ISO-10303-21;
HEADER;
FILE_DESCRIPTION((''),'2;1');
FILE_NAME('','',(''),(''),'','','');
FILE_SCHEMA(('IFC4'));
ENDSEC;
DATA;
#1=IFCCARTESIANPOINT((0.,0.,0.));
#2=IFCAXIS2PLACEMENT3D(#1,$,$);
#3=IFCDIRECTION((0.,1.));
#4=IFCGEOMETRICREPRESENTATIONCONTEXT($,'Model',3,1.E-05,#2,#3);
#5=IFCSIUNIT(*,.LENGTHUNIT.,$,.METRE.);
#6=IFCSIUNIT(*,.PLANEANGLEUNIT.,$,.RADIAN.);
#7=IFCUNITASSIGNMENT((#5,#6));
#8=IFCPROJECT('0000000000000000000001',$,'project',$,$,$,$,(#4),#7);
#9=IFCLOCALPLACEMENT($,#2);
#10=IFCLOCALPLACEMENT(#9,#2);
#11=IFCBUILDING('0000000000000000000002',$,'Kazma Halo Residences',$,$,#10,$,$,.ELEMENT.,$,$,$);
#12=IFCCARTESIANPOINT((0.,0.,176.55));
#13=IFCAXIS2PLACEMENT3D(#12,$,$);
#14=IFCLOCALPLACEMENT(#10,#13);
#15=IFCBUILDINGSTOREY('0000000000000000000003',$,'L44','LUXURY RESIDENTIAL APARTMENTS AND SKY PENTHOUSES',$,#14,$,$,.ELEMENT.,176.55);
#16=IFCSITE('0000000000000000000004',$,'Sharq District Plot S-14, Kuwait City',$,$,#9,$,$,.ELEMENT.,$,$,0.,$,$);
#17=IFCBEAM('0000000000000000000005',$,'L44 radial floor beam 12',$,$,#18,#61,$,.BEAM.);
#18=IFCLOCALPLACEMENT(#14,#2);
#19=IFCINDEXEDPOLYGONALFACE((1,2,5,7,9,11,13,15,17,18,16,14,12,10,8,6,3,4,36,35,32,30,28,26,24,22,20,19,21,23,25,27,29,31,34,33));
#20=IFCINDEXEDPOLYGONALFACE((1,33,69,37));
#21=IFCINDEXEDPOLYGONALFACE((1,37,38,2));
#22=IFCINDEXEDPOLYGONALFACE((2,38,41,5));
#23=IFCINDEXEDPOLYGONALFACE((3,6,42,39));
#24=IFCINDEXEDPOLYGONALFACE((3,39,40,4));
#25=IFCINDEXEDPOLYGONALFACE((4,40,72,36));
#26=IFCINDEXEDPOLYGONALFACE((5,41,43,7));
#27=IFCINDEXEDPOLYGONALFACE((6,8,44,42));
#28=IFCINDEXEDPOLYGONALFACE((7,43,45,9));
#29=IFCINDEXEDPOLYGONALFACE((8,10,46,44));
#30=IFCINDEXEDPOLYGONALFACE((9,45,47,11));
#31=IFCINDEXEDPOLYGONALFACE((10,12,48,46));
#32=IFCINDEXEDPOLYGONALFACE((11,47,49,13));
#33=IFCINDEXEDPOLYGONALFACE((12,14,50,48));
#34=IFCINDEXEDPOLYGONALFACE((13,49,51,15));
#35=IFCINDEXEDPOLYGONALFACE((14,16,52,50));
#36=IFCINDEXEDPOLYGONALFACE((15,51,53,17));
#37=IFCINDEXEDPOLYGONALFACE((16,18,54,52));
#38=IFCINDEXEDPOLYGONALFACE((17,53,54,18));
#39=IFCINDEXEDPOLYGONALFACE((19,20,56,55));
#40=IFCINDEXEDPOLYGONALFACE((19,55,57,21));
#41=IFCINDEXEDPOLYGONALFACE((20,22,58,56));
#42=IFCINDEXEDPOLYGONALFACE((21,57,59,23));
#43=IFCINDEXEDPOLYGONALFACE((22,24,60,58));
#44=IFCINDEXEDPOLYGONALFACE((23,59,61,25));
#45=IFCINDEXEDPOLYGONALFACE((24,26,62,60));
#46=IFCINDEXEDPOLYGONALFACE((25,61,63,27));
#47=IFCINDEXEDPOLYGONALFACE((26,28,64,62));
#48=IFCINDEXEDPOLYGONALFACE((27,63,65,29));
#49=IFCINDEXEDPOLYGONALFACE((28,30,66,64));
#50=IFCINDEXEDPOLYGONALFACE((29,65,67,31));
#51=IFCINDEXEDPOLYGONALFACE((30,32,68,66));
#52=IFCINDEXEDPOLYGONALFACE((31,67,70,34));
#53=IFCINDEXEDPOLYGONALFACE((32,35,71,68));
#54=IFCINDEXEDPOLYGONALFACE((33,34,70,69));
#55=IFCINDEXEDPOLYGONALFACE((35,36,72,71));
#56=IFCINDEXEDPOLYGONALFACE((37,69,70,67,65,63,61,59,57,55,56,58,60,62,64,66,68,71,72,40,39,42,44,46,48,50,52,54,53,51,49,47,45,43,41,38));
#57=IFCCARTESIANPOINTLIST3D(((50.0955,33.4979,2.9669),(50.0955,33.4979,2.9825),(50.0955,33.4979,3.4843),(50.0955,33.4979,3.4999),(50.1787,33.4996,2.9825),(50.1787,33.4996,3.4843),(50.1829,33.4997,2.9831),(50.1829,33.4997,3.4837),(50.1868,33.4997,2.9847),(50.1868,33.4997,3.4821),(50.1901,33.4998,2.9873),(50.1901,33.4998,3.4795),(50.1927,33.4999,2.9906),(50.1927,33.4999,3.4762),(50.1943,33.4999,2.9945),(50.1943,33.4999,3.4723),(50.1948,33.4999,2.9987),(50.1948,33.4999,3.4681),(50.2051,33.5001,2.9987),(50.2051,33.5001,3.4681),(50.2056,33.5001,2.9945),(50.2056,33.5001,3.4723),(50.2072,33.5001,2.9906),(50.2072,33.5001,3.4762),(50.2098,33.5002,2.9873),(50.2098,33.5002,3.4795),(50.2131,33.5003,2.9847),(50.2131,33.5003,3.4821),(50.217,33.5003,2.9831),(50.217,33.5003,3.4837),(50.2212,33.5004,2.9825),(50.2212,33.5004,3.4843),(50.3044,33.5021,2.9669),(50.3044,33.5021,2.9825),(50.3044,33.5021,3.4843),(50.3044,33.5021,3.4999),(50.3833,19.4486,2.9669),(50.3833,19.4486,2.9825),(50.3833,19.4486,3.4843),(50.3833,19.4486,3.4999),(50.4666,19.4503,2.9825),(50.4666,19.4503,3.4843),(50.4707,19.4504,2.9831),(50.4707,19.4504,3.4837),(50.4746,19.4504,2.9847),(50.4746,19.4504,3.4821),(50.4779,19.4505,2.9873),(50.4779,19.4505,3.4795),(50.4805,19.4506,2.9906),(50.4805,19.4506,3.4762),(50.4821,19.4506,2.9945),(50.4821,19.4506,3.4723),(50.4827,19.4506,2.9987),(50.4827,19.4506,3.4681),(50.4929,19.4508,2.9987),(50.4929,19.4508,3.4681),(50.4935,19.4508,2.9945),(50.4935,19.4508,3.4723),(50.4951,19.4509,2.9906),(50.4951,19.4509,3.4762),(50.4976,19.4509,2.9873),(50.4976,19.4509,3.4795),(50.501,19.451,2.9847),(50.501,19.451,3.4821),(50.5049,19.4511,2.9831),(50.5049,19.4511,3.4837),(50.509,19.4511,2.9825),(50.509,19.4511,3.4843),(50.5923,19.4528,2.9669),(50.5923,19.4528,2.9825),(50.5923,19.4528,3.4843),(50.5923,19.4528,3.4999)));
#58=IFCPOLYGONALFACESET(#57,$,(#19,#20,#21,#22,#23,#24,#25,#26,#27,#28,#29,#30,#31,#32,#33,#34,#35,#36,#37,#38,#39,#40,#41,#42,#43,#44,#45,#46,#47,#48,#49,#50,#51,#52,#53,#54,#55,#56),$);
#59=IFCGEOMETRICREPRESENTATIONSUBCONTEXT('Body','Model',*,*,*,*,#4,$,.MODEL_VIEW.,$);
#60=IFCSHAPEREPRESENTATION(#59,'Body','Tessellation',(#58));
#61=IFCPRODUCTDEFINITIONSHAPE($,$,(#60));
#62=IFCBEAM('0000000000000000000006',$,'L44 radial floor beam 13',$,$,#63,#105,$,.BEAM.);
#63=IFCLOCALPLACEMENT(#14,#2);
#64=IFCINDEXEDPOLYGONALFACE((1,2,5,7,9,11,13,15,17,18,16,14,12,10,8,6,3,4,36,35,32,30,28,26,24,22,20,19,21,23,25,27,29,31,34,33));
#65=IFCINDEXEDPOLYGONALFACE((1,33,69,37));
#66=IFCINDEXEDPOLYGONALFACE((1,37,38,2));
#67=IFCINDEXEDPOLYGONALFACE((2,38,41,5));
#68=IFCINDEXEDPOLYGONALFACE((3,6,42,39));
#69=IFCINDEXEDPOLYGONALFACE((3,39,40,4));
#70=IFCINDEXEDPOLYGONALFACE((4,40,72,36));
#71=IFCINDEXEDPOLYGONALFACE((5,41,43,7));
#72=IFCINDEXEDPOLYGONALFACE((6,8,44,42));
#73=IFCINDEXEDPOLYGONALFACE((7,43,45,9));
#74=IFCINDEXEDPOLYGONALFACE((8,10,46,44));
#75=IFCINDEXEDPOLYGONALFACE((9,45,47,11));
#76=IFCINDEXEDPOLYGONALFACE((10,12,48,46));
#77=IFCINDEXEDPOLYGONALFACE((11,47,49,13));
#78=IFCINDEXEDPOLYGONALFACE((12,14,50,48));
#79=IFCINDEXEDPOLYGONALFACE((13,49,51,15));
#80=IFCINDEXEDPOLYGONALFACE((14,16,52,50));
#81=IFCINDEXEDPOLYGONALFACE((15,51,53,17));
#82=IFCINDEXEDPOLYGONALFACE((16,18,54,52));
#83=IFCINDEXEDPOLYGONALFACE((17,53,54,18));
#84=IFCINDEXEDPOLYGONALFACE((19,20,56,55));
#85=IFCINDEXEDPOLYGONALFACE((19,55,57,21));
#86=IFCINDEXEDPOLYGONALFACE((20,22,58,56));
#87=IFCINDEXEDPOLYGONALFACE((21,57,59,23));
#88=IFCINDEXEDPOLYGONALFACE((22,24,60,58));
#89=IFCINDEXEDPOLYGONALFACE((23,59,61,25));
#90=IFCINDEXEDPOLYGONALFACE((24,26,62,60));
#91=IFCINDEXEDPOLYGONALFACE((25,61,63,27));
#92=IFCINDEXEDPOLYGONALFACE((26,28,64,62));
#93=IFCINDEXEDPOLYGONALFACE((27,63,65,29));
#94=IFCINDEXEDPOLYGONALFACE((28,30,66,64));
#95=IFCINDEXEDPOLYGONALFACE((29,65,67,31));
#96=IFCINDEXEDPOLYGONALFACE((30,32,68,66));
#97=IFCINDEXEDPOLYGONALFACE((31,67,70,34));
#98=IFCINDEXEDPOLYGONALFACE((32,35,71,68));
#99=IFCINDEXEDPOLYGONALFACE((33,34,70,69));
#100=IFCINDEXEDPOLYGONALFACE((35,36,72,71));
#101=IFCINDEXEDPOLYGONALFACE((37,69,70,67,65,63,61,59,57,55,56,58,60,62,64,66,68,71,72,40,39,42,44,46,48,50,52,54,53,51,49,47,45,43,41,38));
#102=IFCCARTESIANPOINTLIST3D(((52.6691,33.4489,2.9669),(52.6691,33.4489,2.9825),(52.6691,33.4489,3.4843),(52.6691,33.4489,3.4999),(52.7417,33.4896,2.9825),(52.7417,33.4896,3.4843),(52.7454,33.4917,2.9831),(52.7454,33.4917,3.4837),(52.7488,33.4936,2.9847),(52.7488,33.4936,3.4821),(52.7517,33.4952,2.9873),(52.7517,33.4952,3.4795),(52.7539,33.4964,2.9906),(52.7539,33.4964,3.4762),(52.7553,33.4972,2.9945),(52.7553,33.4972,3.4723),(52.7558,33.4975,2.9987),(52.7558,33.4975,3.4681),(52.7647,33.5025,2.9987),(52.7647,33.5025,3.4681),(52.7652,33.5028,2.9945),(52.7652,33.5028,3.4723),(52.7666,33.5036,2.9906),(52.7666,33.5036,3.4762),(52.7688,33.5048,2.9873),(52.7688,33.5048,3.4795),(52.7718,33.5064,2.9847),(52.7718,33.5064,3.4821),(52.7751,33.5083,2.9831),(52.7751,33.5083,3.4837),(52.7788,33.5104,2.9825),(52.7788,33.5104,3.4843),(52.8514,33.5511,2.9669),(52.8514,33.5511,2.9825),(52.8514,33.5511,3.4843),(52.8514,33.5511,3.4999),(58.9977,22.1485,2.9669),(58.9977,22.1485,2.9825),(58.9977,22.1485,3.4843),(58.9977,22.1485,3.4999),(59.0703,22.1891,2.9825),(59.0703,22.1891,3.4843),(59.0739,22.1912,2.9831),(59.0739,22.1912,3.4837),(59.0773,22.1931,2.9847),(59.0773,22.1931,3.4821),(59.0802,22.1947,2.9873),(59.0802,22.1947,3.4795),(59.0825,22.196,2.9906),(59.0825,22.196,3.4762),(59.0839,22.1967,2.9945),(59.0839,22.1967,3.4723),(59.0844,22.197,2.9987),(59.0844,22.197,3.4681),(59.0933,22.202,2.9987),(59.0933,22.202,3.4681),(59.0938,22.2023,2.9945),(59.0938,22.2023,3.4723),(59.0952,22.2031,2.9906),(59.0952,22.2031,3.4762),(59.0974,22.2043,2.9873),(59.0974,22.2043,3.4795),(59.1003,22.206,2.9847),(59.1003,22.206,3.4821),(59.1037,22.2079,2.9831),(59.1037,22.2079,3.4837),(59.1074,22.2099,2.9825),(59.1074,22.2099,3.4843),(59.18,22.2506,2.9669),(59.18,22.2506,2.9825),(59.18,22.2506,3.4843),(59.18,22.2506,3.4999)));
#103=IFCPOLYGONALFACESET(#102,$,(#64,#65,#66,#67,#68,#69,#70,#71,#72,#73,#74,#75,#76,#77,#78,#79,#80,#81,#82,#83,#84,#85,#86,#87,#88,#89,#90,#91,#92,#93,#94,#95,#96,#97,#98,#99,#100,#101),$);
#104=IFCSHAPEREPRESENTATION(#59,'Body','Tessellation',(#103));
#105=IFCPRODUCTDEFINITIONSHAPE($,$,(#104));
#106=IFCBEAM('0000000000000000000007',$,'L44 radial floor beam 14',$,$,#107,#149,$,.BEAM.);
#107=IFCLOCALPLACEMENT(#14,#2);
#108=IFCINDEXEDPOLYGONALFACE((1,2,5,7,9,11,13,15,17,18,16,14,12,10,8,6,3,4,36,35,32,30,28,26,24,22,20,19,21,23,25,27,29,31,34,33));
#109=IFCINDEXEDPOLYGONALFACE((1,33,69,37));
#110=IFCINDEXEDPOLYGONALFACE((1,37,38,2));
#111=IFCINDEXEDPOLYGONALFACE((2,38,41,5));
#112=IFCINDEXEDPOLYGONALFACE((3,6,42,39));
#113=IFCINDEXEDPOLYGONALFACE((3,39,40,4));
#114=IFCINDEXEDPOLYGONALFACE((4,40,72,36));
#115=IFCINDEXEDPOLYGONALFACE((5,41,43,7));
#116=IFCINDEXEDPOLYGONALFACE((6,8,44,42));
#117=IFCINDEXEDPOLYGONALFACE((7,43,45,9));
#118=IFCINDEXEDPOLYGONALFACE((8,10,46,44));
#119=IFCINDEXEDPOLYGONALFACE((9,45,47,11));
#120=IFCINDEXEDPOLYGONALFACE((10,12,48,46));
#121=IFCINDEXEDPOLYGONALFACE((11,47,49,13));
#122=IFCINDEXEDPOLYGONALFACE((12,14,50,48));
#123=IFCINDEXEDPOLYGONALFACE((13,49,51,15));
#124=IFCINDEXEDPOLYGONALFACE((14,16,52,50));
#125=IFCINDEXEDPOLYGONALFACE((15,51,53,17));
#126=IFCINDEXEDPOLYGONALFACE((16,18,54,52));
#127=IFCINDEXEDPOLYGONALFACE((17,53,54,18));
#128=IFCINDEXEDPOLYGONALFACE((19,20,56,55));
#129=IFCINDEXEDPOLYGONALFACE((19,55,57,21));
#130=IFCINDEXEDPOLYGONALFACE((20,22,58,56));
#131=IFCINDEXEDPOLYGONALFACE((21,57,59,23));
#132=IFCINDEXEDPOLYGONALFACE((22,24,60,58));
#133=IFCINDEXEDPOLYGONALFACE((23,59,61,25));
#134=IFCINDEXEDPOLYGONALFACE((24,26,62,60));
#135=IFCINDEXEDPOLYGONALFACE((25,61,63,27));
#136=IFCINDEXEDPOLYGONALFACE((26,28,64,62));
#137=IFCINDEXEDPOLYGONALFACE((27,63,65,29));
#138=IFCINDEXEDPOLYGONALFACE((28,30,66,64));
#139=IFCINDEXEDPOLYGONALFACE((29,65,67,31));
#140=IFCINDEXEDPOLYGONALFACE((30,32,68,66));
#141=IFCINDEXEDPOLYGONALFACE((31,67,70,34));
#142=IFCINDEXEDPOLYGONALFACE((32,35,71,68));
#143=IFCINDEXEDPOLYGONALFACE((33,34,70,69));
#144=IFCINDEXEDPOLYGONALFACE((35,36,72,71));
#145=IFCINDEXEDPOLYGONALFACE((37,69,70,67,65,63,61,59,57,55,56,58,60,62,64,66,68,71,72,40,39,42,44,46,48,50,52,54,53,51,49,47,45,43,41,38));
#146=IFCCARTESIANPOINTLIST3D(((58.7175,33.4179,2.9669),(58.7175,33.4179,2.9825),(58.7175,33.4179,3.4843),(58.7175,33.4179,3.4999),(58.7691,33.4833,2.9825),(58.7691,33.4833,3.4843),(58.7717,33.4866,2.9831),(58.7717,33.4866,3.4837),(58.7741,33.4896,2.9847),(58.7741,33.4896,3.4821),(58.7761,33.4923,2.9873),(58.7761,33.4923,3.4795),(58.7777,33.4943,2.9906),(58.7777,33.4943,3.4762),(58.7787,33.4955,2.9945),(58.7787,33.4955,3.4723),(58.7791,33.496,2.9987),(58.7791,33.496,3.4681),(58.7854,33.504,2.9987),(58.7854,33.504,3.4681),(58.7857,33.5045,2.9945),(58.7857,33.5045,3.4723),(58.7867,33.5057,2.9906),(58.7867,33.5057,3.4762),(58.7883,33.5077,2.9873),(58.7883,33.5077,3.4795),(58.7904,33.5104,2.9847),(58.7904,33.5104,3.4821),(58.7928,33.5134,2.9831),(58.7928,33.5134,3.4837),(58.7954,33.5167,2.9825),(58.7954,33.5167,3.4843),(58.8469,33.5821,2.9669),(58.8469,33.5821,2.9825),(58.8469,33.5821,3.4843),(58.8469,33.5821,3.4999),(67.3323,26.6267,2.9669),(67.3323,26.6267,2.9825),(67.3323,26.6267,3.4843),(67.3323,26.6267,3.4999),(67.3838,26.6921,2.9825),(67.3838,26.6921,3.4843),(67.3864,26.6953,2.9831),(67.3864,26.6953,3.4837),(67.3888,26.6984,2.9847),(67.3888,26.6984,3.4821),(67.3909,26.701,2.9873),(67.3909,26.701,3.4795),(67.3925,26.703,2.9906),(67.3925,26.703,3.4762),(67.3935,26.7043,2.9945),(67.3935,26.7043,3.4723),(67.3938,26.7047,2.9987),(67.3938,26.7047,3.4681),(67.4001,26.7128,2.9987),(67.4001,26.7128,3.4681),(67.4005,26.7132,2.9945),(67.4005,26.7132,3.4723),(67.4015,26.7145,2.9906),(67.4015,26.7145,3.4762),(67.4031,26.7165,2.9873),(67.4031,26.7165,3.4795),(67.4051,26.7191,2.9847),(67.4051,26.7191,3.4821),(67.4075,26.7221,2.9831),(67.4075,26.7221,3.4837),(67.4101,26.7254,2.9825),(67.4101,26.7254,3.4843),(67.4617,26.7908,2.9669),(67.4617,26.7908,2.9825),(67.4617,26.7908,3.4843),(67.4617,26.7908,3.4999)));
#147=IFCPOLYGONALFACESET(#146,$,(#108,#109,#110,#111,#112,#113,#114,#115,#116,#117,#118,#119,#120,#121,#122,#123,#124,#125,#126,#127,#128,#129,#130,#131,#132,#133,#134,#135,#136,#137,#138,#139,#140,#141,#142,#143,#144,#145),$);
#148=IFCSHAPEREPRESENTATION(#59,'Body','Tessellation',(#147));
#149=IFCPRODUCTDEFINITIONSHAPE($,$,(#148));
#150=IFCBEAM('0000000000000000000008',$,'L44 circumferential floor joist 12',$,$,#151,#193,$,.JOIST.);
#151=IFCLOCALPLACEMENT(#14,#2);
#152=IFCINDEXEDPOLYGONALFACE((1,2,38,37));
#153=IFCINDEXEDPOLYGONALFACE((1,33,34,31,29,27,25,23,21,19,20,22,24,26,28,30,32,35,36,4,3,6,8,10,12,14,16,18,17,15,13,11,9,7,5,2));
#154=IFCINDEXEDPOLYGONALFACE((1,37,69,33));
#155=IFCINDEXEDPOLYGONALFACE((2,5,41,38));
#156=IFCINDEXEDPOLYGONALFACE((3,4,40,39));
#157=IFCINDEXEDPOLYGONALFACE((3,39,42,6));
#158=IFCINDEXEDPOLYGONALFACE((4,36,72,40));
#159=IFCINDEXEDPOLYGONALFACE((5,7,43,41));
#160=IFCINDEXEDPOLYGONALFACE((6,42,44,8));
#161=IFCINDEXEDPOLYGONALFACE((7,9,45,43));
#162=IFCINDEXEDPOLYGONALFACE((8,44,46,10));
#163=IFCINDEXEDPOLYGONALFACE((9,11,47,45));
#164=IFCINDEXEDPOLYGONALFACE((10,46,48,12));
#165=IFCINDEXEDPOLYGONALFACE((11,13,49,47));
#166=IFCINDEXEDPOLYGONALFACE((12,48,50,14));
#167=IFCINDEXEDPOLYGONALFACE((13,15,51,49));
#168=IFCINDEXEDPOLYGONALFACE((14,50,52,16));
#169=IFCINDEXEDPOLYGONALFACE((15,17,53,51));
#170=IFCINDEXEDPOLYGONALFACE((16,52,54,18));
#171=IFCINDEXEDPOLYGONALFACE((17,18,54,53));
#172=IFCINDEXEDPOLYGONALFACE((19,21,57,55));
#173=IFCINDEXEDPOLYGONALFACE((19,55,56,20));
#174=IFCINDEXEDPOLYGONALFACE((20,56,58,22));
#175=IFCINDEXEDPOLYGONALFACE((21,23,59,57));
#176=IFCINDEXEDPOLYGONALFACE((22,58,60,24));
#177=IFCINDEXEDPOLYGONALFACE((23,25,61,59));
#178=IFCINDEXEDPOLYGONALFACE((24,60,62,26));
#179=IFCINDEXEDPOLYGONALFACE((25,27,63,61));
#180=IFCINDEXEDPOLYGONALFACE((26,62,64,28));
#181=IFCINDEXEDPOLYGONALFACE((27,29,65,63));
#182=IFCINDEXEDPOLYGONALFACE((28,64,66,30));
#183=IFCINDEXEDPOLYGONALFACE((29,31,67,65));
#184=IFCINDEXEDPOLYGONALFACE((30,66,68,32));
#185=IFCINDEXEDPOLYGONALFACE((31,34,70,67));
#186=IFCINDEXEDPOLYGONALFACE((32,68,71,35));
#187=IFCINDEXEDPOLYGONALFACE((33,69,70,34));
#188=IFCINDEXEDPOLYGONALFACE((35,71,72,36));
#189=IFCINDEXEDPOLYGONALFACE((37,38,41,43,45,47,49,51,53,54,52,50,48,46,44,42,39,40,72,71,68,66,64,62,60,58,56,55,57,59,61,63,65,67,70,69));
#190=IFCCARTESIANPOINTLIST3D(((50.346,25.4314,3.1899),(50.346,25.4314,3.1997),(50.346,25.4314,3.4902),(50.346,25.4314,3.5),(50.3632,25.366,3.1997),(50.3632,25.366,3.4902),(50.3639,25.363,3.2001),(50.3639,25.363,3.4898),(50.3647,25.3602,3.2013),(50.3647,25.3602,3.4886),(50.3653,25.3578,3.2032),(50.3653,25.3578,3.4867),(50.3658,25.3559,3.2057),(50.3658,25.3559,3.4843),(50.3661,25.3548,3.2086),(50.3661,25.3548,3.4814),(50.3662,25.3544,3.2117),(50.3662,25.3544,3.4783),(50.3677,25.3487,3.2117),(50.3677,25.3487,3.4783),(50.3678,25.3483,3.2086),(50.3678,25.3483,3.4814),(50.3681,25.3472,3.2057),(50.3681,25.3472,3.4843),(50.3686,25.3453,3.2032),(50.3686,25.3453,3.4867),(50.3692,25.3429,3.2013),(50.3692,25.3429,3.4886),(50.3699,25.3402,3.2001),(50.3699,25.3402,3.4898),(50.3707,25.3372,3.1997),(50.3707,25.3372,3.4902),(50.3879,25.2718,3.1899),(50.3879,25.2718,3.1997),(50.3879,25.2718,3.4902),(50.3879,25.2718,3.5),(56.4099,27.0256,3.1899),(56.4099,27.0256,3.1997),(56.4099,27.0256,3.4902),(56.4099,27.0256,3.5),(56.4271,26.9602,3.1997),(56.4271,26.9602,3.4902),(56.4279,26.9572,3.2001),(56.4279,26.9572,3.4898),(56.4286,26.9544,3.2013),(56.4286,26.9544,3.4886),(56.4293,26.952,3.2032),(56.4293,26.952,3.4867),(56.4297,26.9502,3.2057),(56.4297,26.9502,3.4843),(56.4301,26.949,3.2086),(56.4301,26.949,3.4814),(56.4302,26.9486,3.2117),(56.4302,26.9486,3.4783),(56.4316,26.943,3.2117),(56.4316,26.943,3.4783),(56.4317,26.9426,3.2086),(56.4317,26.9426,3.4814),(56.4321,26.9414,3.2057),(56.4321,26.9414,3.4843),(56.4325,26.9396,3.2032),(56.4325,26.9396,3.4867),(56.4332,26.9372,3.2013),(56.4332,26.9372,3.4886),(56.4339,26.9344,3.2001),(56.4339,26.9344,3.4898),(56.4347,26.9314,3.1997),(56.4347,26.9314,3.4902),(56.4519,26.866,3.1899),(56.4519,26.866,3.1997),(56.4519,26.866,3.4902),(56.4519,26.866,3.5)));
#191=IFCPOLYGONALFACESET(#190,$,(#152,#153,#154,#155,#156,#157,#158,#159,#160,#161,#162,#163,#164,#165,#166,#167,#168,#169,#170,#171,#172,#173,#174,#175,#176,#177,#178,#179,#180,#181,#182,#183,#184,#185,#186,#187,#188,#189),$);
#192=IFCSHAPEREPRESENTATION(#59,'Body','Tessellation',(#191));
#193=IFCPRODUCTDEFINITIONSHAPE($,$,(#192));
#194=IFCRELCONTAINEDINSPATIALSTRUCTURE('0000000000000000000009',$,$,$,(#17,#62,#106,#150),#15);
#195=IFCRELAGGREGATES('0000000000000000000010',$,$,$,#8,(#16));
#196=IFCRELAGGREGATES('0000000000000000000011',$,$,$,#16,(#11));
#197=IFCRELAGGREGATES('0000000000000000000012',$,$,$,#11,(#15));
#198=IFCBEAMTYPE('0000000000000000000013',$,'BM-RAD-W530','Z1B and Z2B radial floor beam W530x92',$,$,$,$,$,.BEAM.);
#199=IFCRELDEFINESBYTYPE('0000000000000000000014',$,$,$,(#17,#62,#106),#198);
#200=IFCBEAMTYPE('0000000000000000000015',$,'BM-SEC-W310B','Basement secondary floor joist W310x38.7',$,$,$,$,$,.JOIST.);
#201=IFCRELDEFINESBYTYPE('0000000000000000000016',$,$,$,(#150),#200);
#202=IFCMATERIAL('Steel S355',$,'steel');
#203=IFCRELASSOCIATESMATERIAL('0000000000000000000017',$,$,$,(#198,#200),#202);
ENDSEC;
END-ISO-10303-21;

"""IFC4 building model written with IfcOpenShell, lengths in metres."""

from ifc_helpers import new_model, si_unit, direction, frame, origin, origin_2d, place, context, subcontext, project, spatial, i_section, extrude, material, material_profile, profile_set, type_object, element, save


model = new_model("IFC4")

# Units and contexts
model_context = context("Model", 3, precision=1e-05, world=origin(), true_north=direction((0.0, 1.0)))
body_context = subcontext(model_context, "Body", "Model", "MODEL_VIEW")
ifc_project = project(units=[si_unit("LENGTHUNIT", "METRE"), si_unit("PLANEANGLEUNIT", "RADIAN")], contexts=[model_context])

# Site, building, storey
site_placement = place(None, origin())
site = spatial("IfcSite", under=ifc_project, at=site_placement, Name="Sharq District Plot S-14, Kuwait City", CompositionType="ELEMENT", RefElevation=0.0)
building_placement = place(site_placement, origin())
building = spatial("IfcBuilding", under=site, at=building_placement, Name="Kazma Halo Residences", CompositionType="ELEMENT")
storey_placement = place(building_placement, frame((0.0, 0.0, 176.55)))
storey = spatial("IfcBuildingStorey", under=building, at=storey_placement, Name="L44", Description="LUXURY RESIDENTIAL APARTMENTS AND SKY PENTHOUSES", CompositionType="ELEMENT", Elevation=176.55)

# Beams
ifc_material_1 = material(Name="Steel S355", Category="steel")
ifc_material_profile_1 = material_profile(ifc_material_1, i_section(OverallWidth=0.209, OverallDepth=0.533, WebThickness=0.0103, FlangeThickness=0.0156, FilletRadius=0.0161, at=origin_2d()), Name="W530x92")
ifc_profile_set_1 = profile_set([ifc_material_profile_1], Name="Steel S355")
beam_type_1 = type_object("IfcBeamType", Name="BM-RAD-W530", Description="Z1B and Z2B radial floor beam W530x92", PredefinedType="BEAM", material=ifc_profile_set_1)
beam_1_placement = place(storey_placement, frame((50.2, 33.5, 3.2334), z_axis=(0.020484, -0.99979, 0.0), x_axis=(0.99979, 0.020484, 0.0)))
element("IfcBeam", 1, at=beam_1_placement, inside=storey, type_object=beam_type_1, Name="L44 radial floor beam 12", PredefinedType="BEAM", context=body_context, shape_type="SweptSolid", body=[
    extrude(i_section(OverallWidth=0.209, OverallDepth=0.533, WebThickness=0.0103, FlangeThickness=0.0156, FilletRadius=0.0161, at=origin_2d()), origin(), (0.0, 0.0, 1.0), 14.0522),
])
beam_2_placement = place(storey_placement, frame((52.7603, 33.5, 3.2334), z_axis=(0.488622, -0.872496, 0.0), x_axis=(0.872496, 0.488622, 0.0)))
element("IfcBeam", 2, at=beam_2_placement, inside=storey, type_object=beam_type_1, Name="L44 radial floor beam 13", PredefinedType="BEAM", context=body_context, shape_type="SweptSolid", body=[
    extrude(i_section(OverallWidth=0.209, OverallDepth=0.533, WebThickness=0.0103, FlangeThickness=0.0156, FilletRadius=0.0161, at=origin_2d()), origin(), (0.0, 0.0, 1.0), 12.9519),
])
beam_3_placement = place(storey_placement, frame((58.7822, 33.5, 3.2334), z_axis=(0.78532, -0.619091, 0.0), x_axis=(0.619091, 0.78532, 0.0)))
element("IfcBeam", 3, at=beam_3_placement, inside=storey, type_object=beam_type_1, Name="L44 radial floor beam 14", PredefinedType="BEAM", context=body_context, shape_type="SweptSolid", body=[
    extrude(i_section(OverallWidth=0.209, OverallDepth=0.533, WebThickness=0.0103, FlangeThickness=0.0156, FilletRadius=0.0161, at=origin_2d()), origin(), (0.0, 0.0, 1.0), 10.9697),
])
ifc_material_profile_2 = material_profile(ifc_material_1, i_section(OverallWidth=0.165, OverallDepth=0.3101, WebThickness=0.0059, FlangeThickness=0.0098, FilletRadius=0.012, at=origin_2d()), Name="W310x38.7")
ifc_profile_set_2 = profile_set([ifc_material_profile_2], Name="Steel S355")
beam_type_2 = type_object("IfcBeamType", Name="BM-SEC-W310B", Description="Basement secondary floor joist W310x38.7", PredefinedType="JOIST", material=ifc_profile_set_2)
beam_4_placement = place(storey_placement, frame((50.3669, 25.3516, 3.345), z_axis=(0.967135, 0.254263, 0.0), x_axis=(-0.254263, 0.967135, 0.0)))
element("IfcBeam", 4, at=beam_4_placement, inside=storey, type_object=beam_type_2, Name="L44 circumferential floor joist 12", PredefinedType="JOIST", context=body_context, shape_type="SweptSolid", body=[
    extrude(i_section(OverallWidth=0.165, OverallDepth=0.3101, WebThickness=0.0059, FlangeThickness=0.0098, FilletRadius=0.012, at=origin_2d()), origin(), (0.0, 0.0, 1.0), 6.27),
])

save(model, "model.ifc")
